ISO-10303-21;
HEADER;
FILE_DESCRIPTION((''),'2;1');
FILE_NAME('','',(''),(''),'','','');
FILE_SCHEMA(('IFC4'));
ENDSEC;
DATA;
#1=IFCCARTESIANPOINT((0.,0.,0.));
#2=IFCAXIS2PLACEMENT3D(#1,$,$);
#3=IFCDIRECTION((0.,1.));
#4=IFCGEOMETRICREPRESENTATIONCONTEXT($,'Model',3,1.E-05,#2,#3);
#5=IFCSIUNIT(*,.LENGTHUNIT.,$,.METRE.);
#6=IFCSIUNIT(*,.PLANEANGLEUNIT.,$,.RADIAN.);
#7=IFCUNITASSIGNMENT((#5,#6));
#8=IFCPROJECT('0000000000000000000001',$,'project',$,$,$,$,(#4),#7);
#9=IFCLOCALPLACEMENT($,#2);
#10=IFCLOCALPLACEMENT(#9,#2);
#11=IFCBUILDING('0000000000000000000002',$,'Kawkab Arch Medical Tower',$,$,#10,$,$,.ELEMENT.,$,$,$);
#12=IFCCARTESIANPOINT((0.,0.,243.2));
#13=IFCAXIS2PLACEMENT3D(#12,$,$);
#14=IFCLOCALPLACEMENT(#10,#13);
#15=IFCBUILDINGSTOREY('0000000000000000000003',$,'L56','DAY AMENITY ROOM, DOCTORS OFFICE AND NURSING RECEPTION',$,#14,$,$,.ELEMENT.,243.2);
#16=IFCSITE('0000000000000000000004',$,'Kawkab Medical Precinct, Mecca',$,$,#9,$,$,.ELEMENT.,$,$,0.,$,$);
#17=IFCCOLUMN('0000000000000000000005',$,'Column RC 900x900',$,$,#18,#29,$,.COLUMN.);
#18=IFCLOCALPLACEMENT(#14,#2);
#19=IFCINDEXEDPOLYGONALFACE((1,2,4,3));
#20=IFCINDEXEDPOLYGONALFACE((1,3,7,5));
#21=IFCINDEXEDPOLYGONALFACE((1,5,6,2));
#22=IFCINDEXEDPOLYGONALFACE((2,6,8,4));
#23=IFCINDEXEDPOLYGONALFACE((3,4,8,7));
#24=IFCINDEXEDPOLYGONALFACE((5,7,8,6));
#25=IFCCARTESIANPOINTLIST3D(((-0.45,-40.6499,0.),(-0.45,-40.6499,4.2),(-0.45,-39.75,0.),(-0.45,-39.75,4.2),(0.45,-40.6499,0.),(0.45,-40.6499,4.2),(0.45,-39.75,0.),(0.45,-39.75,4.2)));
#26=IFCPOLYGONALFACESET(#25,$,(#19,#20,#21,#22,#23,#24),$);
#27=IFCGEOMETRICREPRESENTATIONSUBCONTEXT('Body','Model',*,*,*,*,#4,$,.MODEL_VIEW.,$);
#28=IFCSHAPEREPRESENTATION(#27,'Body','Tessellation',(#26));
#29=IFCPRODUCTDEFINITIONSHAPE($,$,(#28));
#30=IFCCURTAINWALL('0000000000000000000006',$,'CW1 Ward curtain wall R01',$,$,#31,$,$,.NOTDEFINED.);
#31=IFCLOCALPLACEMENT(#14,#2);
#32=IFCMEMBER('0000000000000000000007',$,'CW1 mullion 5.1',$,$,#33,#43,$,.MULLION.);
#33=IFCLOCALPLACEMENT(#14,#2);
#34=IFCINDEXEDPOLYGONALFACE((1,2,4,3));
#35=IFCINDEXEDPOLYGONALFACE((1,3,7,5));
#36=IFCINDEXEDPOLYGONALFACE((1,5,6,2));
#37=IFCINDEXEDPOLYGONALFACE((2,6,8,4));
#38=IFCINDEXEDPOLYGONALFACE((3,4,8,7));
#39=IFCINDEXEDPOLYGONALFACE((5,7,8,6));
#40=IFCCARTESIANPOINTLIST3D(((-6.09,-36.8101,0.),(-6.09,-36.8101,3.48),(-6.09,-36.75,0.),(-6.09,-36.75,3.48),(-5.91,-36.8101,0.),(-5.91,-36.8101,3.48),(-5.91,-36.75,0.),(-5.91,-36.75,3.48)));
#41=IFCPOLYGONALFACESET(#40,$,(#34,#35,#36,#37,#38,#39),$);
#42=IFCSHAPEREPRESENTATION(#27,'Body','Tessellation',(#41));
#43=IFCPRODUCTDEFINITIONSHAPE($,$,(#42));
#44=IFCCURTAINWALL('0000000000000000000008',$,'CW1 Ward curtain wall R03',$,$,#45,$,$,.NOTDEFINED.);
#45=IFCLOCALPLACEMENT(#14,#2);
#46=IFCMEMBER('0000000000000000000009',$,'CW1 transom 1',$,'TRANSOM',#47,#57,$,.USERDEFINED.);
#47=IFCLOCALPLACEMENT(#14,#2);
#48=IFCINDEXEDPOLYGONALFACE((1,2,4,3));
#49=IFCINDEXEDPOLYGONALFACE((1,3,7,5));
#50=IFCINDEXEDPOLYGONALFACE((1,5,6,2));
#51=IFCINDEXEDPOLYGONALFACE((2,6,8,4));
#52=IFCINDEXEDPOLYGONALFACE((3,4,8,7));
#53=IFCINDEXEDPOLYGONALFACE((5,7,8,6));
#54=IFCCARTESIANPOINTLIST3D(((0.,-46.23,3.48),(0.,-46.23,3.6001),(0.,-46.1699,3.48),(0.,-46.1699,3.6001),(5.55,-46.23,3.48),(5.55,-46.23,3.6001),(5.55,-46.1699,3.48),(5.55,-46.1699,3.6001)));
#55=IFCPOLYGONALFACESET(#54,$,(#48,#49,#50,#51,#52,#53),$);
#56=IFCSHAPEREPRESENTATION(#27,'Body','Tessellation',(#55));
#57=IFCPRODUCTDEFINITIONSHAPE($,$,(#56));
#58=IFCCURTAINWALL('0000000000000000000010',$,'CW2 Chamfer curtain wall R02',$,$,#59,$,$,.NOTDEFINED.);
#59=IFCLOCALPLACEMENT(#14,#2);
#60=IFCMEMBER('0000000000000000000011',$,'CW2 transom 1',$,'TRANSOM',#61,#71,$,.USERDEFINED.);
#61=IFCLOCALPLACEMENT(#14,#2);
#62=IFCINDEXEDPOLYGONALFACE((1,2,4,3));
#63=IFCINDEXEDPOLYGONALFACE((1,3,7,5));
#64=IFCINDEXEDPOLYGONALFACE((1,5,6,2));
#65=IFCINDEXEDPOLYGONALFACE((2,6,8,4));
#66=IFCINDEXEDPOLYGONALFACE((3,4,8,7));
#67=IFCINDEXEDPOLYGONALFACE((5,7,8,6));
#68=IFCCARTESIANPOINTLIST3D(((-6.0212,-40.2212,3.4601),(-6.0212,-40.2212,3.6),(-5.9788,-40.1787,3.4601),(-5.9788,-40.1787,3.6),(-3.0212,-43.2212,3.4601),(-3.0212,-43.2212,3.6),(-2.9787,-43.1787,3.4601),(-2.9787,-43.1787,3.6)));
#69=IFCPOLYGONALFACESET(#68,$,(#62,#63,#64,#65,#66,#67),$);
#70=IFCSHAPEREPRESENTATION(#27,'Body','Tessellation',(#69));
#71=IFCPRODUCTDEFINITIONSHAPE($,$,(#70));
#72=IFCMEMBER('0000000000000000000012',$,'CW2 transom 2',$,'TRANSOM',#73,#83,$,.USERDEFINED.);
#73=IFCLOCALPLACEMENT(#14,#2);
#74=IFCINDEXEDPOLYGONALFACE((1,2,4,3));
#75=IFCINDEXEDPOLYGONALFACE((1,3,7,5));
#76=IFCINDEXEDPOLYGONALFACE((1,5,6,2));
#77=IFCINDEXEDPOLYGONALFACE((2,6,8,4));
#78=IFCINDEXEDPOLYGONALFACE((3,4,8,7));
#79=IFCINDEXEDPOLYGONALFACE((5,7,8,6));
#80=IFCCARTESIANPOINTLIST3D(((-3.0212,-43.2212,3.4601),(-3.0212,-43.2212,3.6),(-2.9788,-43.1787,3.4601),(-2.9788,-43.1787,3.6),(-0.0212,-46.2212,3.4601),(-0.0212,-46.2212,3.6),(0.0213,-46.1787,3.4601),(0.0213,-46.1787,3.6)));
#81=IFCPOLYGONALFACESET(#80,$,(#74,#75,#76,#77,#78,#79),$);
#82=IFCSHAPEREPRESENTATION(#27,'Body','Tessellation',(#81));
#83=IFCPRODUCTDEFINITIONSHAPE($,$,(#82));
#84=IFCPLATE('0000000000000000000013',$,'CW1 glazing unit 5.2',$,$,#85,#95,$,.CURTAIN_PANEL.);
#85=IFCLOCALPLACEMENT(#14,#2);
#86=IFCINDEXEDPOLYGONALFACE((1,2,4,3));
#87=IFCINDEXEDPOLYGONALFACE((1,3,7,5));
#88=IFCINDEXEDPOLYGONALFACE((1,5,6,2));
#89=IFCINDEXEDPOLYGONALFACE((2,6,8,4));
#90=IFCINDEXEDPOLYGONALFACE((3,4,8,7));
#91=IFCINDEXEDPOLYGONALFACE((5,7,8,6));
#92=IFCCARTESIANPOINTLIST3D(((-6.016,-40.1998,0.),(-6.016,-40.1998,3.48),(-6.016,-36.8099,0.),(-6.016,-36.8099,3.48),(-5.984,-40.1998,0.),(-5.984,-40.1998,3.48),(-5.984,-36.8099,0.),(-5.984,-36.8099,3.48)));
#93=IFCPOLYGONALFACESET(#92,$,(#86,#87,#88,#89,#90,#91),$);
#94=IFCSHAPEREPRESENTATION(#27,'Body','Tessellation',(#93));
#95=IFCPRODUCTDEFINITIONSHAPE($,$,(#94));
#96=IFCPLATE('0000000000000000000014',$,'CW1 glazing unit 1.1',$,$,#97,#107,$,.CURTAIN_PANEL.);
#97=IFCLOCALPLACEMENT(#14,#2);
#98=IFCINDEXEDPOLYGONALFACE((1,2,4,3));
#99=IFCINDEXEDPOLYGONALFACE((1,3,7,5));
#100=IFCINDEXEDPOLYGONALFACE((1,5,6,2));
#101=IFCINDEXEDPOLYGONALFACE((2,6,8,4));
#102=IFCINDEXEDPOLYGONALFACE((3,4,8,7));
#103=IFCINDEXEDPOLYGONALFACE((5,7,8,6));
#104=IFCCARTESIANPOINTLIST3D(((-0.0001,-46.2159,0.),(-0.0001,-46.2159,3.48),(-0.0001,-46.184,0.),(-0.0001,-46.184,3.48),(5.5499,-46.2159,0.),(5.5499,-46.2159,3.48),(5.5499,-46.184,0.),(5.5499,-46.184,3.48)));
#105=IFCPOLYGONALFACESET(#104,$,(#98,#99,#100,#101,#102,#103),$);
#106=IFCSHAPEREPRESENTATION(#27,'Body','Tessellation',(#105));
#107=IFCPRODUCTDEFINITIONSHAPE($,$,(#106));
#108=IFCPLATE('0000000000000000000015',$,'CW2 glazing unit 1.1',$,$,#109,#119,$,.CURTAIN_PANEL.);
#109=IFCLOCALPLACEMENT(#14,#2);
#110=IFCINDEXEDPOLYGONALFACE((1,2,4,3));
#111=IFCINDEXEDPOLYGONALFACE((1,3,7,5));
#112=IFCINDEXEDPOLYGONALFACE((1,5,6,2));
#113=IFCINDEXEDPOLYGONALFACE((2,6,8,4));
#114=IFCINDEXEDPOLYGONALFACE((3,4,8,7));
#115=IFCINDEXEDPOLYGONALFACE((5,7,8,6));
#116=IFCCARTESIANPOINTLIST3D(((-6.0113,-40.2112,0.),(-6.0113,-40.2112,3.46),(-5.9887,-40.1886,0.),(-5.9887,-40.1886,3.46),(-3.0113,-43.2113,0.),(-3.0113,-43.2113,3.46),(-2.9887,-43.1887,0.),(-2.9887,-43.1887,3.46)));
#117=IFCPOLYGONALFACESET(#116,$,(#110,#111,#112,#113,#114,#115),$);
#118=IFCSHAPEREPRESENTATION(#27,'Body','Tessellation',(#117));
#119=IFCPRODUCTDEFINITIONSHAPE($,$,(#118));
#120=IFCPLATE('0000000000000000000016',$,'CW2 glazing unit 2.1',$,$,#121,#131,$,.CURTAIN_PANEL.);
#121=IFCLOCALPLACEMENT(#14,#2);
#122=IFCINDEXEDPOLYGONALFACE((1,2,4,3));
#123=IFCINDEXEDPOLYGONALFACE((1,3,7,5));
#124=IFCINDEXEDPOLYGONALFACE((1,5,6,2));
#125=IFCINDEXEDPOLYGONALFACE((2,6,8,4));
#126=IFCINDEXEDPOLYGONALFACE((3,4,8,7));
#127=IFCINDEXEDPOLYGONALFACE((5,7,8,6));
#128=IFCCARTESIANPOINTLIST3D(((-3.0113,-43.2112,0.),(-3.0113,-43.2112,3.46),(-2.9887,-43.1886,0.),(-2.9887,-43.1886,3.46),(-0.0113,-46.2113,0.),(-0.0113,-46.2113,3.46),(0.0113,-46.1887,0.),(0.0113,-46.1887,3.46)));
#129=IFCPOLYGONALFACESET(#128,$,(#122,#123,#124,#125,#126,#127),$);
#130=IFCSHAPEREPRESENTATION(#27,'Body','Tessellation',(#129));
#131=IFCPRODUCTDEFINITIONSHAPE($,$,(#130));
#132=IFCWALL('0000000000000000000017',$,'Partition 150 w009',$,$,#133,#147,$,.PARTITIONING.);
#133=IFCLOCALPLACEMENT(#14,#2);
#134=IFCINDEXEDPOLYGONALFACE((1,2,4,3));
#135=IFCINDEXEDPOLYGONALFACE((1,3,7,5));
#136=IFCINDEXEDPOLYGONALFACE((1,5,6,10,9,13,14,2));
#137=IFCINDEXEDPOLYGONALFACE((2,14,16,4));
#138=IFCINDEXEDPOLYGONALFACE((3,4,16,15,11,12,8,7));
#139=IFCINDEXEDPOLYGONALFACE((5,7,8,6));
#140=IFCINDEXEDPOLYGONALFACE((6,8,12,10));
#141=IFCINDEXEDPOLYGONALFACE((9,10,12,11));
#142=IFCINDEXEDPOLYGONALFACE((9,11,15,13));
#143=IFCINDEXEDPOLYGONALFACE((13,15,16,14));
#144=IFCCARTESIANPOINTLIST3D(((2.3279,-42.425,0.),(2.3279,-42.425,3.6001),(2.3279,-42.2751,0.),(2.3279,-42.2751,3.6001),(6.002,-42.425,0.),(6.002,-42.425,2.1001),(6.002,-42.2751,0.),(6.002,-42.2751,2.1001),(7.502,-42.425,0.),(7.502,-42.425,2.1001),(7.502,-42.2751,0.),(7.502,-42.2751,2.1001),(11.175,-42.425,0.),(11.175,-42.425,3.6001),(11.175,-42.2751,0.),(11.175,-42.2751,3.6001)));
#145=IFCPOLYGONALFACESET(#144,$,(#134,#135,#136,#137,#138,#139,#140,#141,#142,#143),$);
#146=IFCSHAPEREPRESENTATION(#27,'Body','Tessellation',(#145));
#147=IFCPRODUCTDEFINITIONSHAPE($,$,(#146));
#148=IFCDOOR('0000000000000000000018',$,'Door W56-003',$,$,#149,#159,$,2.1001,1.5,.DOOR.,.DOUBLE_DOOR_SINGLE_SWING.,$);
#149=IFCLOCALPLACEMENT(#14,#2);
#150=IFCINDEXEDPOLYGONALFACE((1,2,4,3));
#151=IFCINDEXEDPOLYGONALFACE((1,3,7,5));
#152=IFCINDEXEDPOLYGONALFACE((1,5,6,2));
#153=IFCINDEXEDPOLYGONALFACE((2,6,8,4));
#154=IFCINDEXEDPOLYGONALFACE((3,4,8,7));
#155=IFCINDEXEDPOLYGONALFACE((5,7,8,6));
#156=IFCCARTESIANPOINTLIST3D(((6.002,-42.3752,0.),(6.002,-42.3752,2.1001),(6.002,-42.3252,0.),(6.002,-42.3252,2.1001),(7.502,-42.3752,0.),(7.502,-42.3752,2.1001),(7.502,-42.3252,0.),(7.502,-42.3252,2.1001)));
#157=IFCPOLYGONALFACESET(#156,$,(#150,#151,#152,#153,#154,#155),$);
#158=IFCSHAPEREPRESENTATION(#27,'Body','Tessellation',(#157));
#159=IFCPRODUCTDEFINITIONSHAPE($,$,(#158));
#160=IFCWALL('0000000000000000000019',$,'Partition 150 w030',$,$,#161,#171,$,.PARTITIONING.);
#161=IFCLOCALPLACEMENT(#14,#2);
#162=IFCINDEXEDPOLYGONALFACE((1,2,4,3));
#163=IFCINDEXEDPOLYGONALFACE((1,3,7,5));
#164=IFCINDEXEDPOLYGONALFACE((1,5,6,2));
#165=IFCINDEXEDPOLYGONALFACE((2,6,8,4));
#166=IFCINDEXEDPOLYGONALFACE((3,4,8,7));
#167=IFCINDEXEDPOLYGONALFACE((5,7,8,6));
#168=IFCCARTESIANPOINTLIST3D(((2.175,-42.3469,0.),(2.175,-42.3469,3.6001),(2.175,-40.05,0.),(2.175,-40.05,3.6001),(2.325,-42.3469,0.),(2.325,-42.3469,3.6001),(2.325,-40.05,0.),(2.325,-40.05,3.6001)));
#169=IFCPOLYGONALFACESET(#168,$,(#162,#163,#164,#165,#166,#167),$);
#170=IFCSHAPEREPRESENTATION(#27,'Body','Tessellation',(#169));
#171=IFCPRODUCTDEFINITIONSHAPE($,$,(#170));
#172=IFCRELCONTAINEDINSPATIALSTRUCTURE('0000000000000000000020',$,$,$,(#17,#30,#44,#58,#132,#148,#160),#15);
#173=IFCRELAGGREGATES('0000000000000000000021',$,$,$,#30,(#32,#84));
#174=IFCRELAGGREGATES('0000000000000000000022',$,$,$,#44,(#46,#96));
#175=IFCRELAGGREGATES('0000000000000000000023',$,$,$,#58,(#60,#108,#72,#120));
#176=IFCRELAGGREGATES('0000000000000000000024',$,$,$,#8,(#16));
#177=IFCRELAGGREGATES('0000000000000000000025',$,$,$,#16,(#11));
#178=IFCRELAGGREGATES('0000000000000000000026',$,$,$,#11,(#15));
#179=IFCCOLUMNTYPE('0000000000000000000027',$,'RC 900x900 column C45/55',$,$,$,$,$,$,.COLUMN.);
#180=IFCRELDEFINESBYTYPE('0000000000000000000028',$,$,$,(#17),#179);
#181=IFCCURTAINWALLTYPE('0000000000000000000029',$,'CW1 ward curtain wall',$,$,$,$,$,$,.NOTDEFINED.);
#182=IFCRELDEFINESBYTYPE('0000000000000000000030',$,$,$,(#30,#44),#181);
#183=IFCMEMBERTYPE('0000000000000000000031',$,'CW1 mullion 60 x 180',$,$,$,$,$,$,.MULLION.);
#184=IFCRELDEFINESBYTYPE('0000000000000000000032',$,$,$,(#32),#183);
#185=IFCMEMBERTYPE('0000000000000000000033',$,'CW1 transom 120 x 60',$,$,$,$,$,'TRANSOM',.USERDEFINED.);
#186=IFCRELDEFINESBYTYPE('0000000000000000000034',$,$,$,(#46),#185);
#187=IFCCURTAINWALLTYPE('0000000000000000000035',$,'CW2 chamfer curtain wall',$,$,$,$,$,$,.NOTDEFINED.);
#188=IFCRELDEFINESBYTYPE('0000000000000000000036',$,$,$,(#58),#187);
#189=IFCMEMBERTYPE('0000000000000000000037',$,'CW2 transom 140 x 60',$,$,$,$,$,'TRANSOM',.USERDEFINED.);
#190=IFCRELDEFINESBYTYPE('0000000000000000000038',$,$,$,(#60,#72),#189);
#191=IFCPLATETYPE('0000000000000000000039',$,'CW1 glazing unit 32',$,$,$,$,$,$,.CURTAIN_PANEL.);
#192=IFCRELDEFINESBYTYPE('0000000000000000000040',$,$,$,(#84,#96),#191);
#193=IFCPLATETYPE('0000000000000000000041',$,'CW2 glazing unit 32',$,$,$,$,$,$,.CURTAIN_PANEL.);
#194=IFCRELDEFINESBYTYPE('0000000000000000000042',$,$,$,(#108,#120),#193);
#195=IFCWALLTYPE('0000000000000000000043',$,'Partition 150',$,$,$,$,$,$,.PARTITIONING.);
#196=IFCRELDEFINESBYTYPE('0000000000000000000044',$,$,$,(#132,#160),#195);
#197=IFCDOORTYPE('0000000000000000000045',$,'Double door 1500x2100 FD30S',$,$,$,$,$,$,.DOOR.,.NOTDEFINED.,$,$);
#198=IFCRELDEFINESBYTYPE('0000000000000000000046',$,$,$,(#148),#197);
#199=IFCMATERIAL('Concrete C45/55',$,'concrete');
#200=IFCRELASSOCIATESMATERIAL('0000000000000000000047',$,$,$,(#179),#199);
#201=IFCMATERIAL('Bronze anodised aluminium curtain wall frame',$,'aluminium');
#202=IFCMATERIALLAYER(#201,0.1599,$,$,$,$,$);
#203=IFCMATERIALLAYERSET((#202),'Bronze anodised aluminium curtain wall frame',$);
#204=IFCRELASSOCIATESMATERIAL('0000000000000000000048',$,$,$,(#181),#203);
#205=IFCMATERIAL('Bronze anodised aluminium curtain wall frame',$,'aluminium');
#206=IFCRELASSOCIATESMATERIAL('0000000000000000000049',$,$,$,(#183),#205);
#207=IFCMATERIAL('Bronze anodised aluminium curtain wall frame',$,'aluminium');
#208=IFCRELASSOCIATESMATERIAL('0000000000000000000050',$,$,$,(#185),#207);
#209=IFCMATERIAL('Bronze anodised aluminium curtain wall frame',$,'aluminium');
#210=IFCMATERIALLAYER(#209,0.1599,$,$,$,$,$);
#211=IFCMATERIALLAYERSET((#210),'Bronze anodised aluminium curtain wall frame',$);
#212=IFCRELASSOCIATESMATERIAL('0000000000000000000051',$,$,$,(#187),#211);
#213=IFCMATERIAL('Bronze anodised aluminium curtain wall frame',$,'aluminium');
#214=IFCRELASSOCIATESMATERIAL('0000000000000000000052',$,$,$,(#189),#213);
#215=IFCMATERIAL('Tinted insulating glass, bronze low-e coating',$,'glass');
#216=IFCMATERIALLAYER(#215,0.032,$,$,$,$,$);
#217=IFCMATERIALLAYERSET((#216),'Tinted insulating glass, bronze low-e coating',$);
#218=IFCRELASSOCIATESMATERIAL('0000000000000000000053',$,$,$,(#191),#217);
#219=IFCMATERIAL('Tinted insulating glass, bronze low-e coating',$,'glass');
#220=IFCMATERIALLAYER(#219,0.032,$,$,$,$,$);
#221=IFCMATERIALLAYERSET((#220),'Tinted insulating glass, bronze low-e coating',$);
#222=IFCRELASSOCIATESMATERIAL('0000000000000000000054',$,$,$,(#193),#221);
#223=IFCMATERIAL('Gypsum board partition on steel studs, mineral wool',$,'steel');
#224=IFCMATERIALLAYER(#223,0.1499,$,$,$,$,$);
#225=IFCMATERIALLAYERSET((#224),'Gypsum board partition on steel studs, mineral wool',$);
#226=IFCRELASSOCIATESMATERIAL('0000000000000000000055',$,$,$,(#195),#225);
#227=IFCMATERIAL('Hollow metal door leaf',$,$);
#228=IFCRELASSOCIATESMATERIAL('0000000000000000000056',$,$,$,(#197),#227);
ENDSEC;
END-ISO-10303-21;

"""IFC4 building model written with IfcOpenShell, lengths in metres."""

from ifc_helpers import new_model, si_unit, direction, frame, frame_2d, origin, origin_2d, place, context, subcontext, project, spatial, rectangle, extrude, material, layer, layer_set, material_profile, profile_set, type_object, element, fill, aggregate, save


model = new_model("IFC4")

# Units and contexts
model_context = context("Model", 3, precision=1e-05, world=origin(), true_north=direction((0.0, 1.0)))
body_context = subcontext(model_context, "Body", "Model", "MODEL_VIEW")
ifc_project = project(units=[si_unit("LENGTHUNIT", "METRE"), si_unit("PLANEANGLEUNIT", "RADIAN")], contexts=[model_context])

# Site, building, storey
site_placement = place(None, origin())
site = spatial("IfcSite", under=ifc_project, at=site_placement, Name="Kawkab Medical Precinct, Mecca", CompositionType="ELEMENT", RefElevation=0.0)
building_placement = place(site_placement, origin())
building = spatial("IfcBuilding", under=site, at=building_placement, Name="Kawkab Arch Medical Tower", CompositionType="ELEMENT")
storey_placement = place(building_placement, frame((0.0, 0.0, 243.2)))
storey = spatial("IfcBuildingStorey", under=building, at=storey_placement, Name="L56", Description="DAY AMENITY ROOM, DOCTORS OFFICE AND NURSING RECEPTION", CompositionType="ELEMENT", Elevation=243.2)

# Column
ifc_material_1 = material(Name="Concrete C45/55", Category="concrete")
ifc_material_profile_1 = material_profile(ifc_material_1, rectangle(XDim=0.8999, YDim=0.8999, at=origin_2d()), Name="RC 900x900")
ifc_profile_set_1 = profile_set([ifc_material_profile_1], Name="Concrete C45/55")
column_type = type_object("IfcColumnType", Name="RC 900x900 column C45/55", PredefinedType="COLUMN", material=ifc_profile_set_1)
column_placement = place(storey_placement, frame((0.0, -40.2, 0.0), z_axis=(0.0, 0.0, 1.0), x_axis=(1.0, 0.0, 0.0)))
element("IfcColumn", 1, at=column_placement, inside=storey, type_object=column_type, Name="Column RC 900x900", PredefinedType="COLUMN", context=body_context, shape_type="SweptSolid", body=[
    extrude(rectangle(XDim=0.8999, YDim=0.8999, at=origin_2d()), origin(), (0.0, 0.0, 1.0), 4.2),
])

# Curtain walls, members
ifc_material_2 = material(Name="Bronze anodised aluminium curtain wall frame", Category="aluminium")
ifc_layer_1 = layer(ifc_material_2, 0.1599)
ifc_layer_set_1 = layer_set([ifc_layer_1], Name="Bronze anodised aluminium curtain wall frame")
curtain_wall_type_1 = type_object("IfcCurtainWallType", Name="CW1 ward curtain wall", PredefinedType="NOTDEFINED", material=ifc_layer_set_1)
placement = place(storey_placement, origin())
curtain_wall_1 = element("IfcCurtainWall", 2, at=placement, inside=storey, type_object=curtain_wall_type_1, Name="CW1 Ward curtain wall R01", PredefinedType="NOTDEFINED")
ifc_material_3 = material(Name="Bronze anodised aluminium curtain wall frame", Category="aluminium")
ifc_material_profile_2 = material_profile(ifc_material_3, rectangle(XDim=0.1799, YDim=0.0601, at=origin_2d()), Name="AL 60x180")
ifc_profile_set_2 = profile_set([ifc_material_profile_2], Name="Bronze anodised aluminium curtain wall frame")
member_type_1 = type_object("IfcMemberType", Name="CW1 mullion 60 x 180", PredefinedType="MULLION", material=ifc_profile_set_2)
member_1_placement = place(storey_placement, frame((-6.0, -36.78, 0.0), z_axis=(0.0, 0.0, 1.0), x_axis=(1.0, 0.0, 0.0)))
member_1 = element("IfcMember", 3, at=member_1_placement, type_object=member_type_1, Name="CW1 mullion 5.1", PredefinedType="MULLION", context=body_context, shape_type="SweptSolid", body=[
    extrude(rectangle(XDim=0.1799, YDim=0.0601, at=origin_2d()), origin(), (0.0, 0.0, 1.0), 3.48),
])
curtain_wall_2 = element("IfcCurtainWall", 4, at=placement, inside=storey, type_object=curtain_wall_type_1, Name="CW1 Ward curtain wall R03", PredefinedType="NOTDEFINED")
ifc_material_4 = material(Name="Bronze anodised aluminium curtain wall frame", Category="aluminium")
ifc_material_profile_3 = material_profile(ifc_material_4, rectangle(XDim=0.0601, YDim=0.1201, at=origin_2d()), Name="AL 60x120")
ifc_profile_set_3 = profile_set([ifc_material_profile_3], Name="Bronze anodised aluminium curtain wall frame")
member_type_2 = type_object("IfcMemberType", Name="CW1 transom 120 x 60", ElementType="TRANSOM", PredefinedType="USERDEFINED", material=ifc_profile_set_3)
member_2_placement = place(storey_placement, frame((0.0, -46.2, 3.54), z_axis=(1.0, 0.0, 0.0), x_axis=(0.0, 1.0, 0.0)))
member_2 = element("IfcMember", 5, at=member_2_placement, type_object=member_type_2, Name="CW1 transom 1", ObjectType="TRANSOM", PredefinedType="USERDEFINED", context=body_context, shape_type="SweptSolid", body=[
    extrude(rectangle(XDim=0.0601, YDim=0.1201, at=origin_2d()), origin(), (0.0, 0.0, 1.0), 5.55),
])

# Curtain wall, members
ifc_material_5 = material(Name="Bronze anodised aluminium curtain wall frame", Category="aluminium")
ifc_layer_2 = layer(ifc_material_5, 0.1599)
ifc_layer_set_2 = layer_set([ifc_layer_2], Name="Bronze anodised aluminium curtain wall frame")
curtain_wall_type_2 = type_object("IfcCurtainWallType", Name="CW2 chamfer curtain wall", PredefinedType="NOTDEFINED", material=ifc_layer_set_2)
curtain_wall_3 = element("IfcCurtainWall", 6, at=placement, inside=storey, type_object=curtain_wall_type_2, Name="CW2 Chamfer curtain wall R02", PredefinedType="NOTDEFINED")
ifc_material_6 = material(Name="Bronze anodised aluminium curtain wall frame", Category="aluminium")
ifc_material_profile_4 = material_profile(ifc_material_6, rectangle(XDim=0.0601, YDim=0.1399, at=origin_2d()), Name="AL 60x140")
ifc_profile_set_4 = profile_set([ifc_material_profile_4], Name="Bronze anodised aluminium curtain wall frame")
member_type_3 = type_object("IfcMemberType", Name="CW2 transom 140 x 60", ElementType="TRANSOM", PredefinedType="USERDEFINED", material=ifc_profile_set_4)
member_3_placement = place(storey_placement, frame((-6.0, -40.2, 3.53), z_axis=(0.707107, -0.707107, 0.0), x_axis=(0.707107, 0.707107, 0.0)))
member_3 = element("IfcMember", 7, at=member_3_placement, type_object=member_type_3, Name="CW2 transom 1", ObjectType="TRANSOM", PredefinedType="USERDEFINED", context=body_context, shape_type="SweptSolid", body=[
    extrude(rectangle(XDim=0.0601, YDim=0.1399, at=origin_2d()), origin(), (0.0, 0.0, 1.0), 4.2427),
])
member_4_placement = place(storey_placement, frame((-3.0, -43.2, 3.53), z_axis=(0.707107, -0.707107, 0.0), x_axis=(0.707107, 0.707107, 0.0)))
member_4 = element("IfcMember", 8, at=member_4_placement, type_object=member_type_3, Name="CW2 transom 2", ObjectType="TRANSOM", PredefinedType="USERDEFINED", context=body_context, shape_type="SweptSolid", body=[
    extrude(rectangle(XDim=0.0601, YDim=0.1399, at=origin_2d()), origin(), (0.0, 0.0, 1.0), 4.2427),
])

# Plates
ifc_material_7 = material(Name="Tinted insulating glass, bronze low-e coating", Category="glass")
ifc_layer_3 = layer(ifc_material_7, 0.032)
ifc_layer_set_3 = layer_set([ifc_layer_3], Name="Tinted insulating glass, bronze low-e coating")
plate_type_1 = type_object("IfcPlateType", Name="CW1 glazing unit 32", PredefinedType="CURTAIN_PANEL", material=ifc_layer_set_3)
plate_1_placement = place(storey_placement, frame((-6.0, -38.5049, 0.0), z_axis=(0.0, 0.0, 1.0), x_axis=(0.0, -1.0, 0.0)))
plate_1 = element("IfcPlate", 9, at=plate_1_placement, type_object=plate_type_1, Name="CW1 glazing unit 5.2", PredefinedType="CURTAIN_PANEL", context=body_context, shape_type="SweptSolid", body=[
    extrude(rectangle(XDim=3.3899, YDim=0.032, at=origin_2d()), origin(), (0.0, 0.0, 1.0), 3.48),
])
aggregate(curtain_wall_1, [member_1, plate_1])
plate_2_placement = place(storey_placement, frame((2.7749, -46.2, 0.0), z_axis=(0.0, 0.0, 1.0), x_axis=(1.0, 0.0, 0.0)))
plate_2 = element("IfcPlate", 10, at=plate_2_placement, type_object=plate_type_1, Name="CW1 glazing unit 1.1", PredefinedType="CURTAIN_PANEL", context=body_context, shape_type="SweptSolid", body=[
    extrude(rectangle(XDim=5.55, YDim=0.032, at=origin_2d()), origin(), (0.0, 0.0, 1.0), 3.48),
])
aggregate(curtain_wall_2, [member_2, plate_2])
ifc_material_8 = material(Name="Tinted insulating glass, bronze low-e coating", Category="glass")
ifc_layer_4 = layer(ifc_material_8, 0.032)
ifc_layer_set_4 = layer_set([ifc_layer_4], Name="Tinted insulating glass, bronze low-e coating")
plate_type_2 = type_object("IfcPlateType", Name="CW2 glazing unit 32", PredefinedType="CURTAIN_PANEL", material=ifc_layer_set_4)
plate_3_placement = place(storey_placement, frame((-4.5, -41.7, 0.0), z_axis=(0.0, 0.0, 1.0), x_axis=(0.707107, -0.707107, 0.0)))
plate_3 = element("IfcPlate", 11, at=plate_3_placement, type_object=plate_type_2, Name="CW2 glazing unit 1.1", PredefinedType="CURTAIN_PANEL", context=body_context, shape_type="SweptSolid", body=[
    extrude(rectangle(XDim=4.2427, YDim=0.032, at=origin_2d()), origin(), (0.0, 0.0, 1.0), 3.46),
])
plate_4_placement = place(storey_placement, frame((-1.5, -44.7, 0.0), z_axis=(0.0, 0.0, 1.0), x_axis=(0.707107, -0.707107, 0.0)))
plate_4 = element("IfcPlate", 12, at=plate_4_placement, type_object=plate_type_2, Name="CW2 glazing unit 2.1", PredefinedType="CURTAIN_PANEL", context=body_context, shape_type="SweptSolid", body=[
    extrude(rectangle(XDim=4.2427, YDim=0.032, at=origin_2d()), origin(), (0.0, 0.0, 1.0), 3.46),
])
aggregate(curtain_wall_3, [member_3, plate_3, member_4, plate_4])

# Wall, opening, door
ifc_material_9 = material(Name="Gypsum board partition on steel studs, mineral wool", Category="steel")
ifc_layer_5 = layer(ifc_material_9, 0.1499)
ifc_layer_set_5 = layer_set([ifc_layer_5], Name="Gypsum board partition on steel studs, mineral wool")
wall_type_1 = type_object("IfcWallType", Name="Partition 150", PredefinedType="PARTITIONING", material=ifc_layer_set_5)
wall_1_placement = place(storey_placement, frame((2.3279, -42.3501, 0.0), z_axis=(0.0, 0.0, 1.0), x_axis=(1.0, 0.0, 0.0)))
wall_1 = element("IfcWall", 13, at=wall_1_placement, inside=storey, type_object=wall_type_1, Name="Partition 150 w009", PredefinedType="PARTITIONING", context=body_context, shape_type="SweptSolid", body=[
    extrude(rectangle(XDim=8.8472, YDim=0.1499, at=frame_2d((4.4236, 0.0))), origin(), (0.0, 0.0, 1.0), 3.6001),
])
opening_1_placement = place(wall_1_placement, frame((3.6741, 0.0, 0.0)))
opening_1 = element("IfcOpeningElement", 14, at=opening_1_placement, cuts=wall_1, PredefinedType="OPENING", context=body_context, shape_type="SweptSolid", body=[
    extrude(rectangle(XDim=1.5, YDim=2.1001, at=frame_2d((0.75, 1.05))), frame((0.0, 0.085, 0.0), z_axis=(0.0, -1.0, 0.0), x_axis=(1.0, 0.0, 0.0)), (0.0, 0.0, 1.0), 0.1699),
])
ifc_material_10 = material(Name="Hollow metal door leaf")
door_type_1 = type_object("IfcDoorType", Name="Double door 1500x2100 FD30S", OperationType="NOTDEFINED", PredefinedType="DOOR", material=ifc_material_10)
door_1_placement = place(opening_1_placement, origin())
door_1 = element("IfcDoor", 15, at=door_1_placement, inside=storey, type_object=door_type_1, Name="Door W56-003", OperationType="DOUBLE_DOOR_SINGLE_SWING", OverallHeight=2.1001, OverallWidth=1.5, PredefinedType="DOOR", context=body_context, shape_type="SweptSolid", body=[
    extrude(rectangle(XDim=1.5, YDim=2.1001, at=frame_2d((0.75, 1.05))), frame((0.0, 0.0249, 0.0), z_axis=(0.0, -1.0, 0.0), x_axis=(1.0, 0.0, 0.0)), (0.0, 0.0, 1.0), 0.05),
])
fill(opening_1, door_1)

# Wall
wall_2_placement = place(storey_placement, frame((2.25, -42.3469, 0.0), z_axis=(0.0, 0.0, 1.0), x_axis=(0.0, 1.0, 0.0)))
element("IfcWall", 16, at=wall_2_placement, inside=storey, type_object=wall_type_1, Name="Partition 150 w030", PredefinedType="PARTITIONING", context=body_context, shape_type="SweptSolid", body=[
    extrude(rectangle(XDim=2.2969, YDim=0.1499, at=frame_2d((1.1484, 0.0))), origin(), (0.0, 0.0, 1.0), 3.6001),
])

save(model, "model.ifc")
